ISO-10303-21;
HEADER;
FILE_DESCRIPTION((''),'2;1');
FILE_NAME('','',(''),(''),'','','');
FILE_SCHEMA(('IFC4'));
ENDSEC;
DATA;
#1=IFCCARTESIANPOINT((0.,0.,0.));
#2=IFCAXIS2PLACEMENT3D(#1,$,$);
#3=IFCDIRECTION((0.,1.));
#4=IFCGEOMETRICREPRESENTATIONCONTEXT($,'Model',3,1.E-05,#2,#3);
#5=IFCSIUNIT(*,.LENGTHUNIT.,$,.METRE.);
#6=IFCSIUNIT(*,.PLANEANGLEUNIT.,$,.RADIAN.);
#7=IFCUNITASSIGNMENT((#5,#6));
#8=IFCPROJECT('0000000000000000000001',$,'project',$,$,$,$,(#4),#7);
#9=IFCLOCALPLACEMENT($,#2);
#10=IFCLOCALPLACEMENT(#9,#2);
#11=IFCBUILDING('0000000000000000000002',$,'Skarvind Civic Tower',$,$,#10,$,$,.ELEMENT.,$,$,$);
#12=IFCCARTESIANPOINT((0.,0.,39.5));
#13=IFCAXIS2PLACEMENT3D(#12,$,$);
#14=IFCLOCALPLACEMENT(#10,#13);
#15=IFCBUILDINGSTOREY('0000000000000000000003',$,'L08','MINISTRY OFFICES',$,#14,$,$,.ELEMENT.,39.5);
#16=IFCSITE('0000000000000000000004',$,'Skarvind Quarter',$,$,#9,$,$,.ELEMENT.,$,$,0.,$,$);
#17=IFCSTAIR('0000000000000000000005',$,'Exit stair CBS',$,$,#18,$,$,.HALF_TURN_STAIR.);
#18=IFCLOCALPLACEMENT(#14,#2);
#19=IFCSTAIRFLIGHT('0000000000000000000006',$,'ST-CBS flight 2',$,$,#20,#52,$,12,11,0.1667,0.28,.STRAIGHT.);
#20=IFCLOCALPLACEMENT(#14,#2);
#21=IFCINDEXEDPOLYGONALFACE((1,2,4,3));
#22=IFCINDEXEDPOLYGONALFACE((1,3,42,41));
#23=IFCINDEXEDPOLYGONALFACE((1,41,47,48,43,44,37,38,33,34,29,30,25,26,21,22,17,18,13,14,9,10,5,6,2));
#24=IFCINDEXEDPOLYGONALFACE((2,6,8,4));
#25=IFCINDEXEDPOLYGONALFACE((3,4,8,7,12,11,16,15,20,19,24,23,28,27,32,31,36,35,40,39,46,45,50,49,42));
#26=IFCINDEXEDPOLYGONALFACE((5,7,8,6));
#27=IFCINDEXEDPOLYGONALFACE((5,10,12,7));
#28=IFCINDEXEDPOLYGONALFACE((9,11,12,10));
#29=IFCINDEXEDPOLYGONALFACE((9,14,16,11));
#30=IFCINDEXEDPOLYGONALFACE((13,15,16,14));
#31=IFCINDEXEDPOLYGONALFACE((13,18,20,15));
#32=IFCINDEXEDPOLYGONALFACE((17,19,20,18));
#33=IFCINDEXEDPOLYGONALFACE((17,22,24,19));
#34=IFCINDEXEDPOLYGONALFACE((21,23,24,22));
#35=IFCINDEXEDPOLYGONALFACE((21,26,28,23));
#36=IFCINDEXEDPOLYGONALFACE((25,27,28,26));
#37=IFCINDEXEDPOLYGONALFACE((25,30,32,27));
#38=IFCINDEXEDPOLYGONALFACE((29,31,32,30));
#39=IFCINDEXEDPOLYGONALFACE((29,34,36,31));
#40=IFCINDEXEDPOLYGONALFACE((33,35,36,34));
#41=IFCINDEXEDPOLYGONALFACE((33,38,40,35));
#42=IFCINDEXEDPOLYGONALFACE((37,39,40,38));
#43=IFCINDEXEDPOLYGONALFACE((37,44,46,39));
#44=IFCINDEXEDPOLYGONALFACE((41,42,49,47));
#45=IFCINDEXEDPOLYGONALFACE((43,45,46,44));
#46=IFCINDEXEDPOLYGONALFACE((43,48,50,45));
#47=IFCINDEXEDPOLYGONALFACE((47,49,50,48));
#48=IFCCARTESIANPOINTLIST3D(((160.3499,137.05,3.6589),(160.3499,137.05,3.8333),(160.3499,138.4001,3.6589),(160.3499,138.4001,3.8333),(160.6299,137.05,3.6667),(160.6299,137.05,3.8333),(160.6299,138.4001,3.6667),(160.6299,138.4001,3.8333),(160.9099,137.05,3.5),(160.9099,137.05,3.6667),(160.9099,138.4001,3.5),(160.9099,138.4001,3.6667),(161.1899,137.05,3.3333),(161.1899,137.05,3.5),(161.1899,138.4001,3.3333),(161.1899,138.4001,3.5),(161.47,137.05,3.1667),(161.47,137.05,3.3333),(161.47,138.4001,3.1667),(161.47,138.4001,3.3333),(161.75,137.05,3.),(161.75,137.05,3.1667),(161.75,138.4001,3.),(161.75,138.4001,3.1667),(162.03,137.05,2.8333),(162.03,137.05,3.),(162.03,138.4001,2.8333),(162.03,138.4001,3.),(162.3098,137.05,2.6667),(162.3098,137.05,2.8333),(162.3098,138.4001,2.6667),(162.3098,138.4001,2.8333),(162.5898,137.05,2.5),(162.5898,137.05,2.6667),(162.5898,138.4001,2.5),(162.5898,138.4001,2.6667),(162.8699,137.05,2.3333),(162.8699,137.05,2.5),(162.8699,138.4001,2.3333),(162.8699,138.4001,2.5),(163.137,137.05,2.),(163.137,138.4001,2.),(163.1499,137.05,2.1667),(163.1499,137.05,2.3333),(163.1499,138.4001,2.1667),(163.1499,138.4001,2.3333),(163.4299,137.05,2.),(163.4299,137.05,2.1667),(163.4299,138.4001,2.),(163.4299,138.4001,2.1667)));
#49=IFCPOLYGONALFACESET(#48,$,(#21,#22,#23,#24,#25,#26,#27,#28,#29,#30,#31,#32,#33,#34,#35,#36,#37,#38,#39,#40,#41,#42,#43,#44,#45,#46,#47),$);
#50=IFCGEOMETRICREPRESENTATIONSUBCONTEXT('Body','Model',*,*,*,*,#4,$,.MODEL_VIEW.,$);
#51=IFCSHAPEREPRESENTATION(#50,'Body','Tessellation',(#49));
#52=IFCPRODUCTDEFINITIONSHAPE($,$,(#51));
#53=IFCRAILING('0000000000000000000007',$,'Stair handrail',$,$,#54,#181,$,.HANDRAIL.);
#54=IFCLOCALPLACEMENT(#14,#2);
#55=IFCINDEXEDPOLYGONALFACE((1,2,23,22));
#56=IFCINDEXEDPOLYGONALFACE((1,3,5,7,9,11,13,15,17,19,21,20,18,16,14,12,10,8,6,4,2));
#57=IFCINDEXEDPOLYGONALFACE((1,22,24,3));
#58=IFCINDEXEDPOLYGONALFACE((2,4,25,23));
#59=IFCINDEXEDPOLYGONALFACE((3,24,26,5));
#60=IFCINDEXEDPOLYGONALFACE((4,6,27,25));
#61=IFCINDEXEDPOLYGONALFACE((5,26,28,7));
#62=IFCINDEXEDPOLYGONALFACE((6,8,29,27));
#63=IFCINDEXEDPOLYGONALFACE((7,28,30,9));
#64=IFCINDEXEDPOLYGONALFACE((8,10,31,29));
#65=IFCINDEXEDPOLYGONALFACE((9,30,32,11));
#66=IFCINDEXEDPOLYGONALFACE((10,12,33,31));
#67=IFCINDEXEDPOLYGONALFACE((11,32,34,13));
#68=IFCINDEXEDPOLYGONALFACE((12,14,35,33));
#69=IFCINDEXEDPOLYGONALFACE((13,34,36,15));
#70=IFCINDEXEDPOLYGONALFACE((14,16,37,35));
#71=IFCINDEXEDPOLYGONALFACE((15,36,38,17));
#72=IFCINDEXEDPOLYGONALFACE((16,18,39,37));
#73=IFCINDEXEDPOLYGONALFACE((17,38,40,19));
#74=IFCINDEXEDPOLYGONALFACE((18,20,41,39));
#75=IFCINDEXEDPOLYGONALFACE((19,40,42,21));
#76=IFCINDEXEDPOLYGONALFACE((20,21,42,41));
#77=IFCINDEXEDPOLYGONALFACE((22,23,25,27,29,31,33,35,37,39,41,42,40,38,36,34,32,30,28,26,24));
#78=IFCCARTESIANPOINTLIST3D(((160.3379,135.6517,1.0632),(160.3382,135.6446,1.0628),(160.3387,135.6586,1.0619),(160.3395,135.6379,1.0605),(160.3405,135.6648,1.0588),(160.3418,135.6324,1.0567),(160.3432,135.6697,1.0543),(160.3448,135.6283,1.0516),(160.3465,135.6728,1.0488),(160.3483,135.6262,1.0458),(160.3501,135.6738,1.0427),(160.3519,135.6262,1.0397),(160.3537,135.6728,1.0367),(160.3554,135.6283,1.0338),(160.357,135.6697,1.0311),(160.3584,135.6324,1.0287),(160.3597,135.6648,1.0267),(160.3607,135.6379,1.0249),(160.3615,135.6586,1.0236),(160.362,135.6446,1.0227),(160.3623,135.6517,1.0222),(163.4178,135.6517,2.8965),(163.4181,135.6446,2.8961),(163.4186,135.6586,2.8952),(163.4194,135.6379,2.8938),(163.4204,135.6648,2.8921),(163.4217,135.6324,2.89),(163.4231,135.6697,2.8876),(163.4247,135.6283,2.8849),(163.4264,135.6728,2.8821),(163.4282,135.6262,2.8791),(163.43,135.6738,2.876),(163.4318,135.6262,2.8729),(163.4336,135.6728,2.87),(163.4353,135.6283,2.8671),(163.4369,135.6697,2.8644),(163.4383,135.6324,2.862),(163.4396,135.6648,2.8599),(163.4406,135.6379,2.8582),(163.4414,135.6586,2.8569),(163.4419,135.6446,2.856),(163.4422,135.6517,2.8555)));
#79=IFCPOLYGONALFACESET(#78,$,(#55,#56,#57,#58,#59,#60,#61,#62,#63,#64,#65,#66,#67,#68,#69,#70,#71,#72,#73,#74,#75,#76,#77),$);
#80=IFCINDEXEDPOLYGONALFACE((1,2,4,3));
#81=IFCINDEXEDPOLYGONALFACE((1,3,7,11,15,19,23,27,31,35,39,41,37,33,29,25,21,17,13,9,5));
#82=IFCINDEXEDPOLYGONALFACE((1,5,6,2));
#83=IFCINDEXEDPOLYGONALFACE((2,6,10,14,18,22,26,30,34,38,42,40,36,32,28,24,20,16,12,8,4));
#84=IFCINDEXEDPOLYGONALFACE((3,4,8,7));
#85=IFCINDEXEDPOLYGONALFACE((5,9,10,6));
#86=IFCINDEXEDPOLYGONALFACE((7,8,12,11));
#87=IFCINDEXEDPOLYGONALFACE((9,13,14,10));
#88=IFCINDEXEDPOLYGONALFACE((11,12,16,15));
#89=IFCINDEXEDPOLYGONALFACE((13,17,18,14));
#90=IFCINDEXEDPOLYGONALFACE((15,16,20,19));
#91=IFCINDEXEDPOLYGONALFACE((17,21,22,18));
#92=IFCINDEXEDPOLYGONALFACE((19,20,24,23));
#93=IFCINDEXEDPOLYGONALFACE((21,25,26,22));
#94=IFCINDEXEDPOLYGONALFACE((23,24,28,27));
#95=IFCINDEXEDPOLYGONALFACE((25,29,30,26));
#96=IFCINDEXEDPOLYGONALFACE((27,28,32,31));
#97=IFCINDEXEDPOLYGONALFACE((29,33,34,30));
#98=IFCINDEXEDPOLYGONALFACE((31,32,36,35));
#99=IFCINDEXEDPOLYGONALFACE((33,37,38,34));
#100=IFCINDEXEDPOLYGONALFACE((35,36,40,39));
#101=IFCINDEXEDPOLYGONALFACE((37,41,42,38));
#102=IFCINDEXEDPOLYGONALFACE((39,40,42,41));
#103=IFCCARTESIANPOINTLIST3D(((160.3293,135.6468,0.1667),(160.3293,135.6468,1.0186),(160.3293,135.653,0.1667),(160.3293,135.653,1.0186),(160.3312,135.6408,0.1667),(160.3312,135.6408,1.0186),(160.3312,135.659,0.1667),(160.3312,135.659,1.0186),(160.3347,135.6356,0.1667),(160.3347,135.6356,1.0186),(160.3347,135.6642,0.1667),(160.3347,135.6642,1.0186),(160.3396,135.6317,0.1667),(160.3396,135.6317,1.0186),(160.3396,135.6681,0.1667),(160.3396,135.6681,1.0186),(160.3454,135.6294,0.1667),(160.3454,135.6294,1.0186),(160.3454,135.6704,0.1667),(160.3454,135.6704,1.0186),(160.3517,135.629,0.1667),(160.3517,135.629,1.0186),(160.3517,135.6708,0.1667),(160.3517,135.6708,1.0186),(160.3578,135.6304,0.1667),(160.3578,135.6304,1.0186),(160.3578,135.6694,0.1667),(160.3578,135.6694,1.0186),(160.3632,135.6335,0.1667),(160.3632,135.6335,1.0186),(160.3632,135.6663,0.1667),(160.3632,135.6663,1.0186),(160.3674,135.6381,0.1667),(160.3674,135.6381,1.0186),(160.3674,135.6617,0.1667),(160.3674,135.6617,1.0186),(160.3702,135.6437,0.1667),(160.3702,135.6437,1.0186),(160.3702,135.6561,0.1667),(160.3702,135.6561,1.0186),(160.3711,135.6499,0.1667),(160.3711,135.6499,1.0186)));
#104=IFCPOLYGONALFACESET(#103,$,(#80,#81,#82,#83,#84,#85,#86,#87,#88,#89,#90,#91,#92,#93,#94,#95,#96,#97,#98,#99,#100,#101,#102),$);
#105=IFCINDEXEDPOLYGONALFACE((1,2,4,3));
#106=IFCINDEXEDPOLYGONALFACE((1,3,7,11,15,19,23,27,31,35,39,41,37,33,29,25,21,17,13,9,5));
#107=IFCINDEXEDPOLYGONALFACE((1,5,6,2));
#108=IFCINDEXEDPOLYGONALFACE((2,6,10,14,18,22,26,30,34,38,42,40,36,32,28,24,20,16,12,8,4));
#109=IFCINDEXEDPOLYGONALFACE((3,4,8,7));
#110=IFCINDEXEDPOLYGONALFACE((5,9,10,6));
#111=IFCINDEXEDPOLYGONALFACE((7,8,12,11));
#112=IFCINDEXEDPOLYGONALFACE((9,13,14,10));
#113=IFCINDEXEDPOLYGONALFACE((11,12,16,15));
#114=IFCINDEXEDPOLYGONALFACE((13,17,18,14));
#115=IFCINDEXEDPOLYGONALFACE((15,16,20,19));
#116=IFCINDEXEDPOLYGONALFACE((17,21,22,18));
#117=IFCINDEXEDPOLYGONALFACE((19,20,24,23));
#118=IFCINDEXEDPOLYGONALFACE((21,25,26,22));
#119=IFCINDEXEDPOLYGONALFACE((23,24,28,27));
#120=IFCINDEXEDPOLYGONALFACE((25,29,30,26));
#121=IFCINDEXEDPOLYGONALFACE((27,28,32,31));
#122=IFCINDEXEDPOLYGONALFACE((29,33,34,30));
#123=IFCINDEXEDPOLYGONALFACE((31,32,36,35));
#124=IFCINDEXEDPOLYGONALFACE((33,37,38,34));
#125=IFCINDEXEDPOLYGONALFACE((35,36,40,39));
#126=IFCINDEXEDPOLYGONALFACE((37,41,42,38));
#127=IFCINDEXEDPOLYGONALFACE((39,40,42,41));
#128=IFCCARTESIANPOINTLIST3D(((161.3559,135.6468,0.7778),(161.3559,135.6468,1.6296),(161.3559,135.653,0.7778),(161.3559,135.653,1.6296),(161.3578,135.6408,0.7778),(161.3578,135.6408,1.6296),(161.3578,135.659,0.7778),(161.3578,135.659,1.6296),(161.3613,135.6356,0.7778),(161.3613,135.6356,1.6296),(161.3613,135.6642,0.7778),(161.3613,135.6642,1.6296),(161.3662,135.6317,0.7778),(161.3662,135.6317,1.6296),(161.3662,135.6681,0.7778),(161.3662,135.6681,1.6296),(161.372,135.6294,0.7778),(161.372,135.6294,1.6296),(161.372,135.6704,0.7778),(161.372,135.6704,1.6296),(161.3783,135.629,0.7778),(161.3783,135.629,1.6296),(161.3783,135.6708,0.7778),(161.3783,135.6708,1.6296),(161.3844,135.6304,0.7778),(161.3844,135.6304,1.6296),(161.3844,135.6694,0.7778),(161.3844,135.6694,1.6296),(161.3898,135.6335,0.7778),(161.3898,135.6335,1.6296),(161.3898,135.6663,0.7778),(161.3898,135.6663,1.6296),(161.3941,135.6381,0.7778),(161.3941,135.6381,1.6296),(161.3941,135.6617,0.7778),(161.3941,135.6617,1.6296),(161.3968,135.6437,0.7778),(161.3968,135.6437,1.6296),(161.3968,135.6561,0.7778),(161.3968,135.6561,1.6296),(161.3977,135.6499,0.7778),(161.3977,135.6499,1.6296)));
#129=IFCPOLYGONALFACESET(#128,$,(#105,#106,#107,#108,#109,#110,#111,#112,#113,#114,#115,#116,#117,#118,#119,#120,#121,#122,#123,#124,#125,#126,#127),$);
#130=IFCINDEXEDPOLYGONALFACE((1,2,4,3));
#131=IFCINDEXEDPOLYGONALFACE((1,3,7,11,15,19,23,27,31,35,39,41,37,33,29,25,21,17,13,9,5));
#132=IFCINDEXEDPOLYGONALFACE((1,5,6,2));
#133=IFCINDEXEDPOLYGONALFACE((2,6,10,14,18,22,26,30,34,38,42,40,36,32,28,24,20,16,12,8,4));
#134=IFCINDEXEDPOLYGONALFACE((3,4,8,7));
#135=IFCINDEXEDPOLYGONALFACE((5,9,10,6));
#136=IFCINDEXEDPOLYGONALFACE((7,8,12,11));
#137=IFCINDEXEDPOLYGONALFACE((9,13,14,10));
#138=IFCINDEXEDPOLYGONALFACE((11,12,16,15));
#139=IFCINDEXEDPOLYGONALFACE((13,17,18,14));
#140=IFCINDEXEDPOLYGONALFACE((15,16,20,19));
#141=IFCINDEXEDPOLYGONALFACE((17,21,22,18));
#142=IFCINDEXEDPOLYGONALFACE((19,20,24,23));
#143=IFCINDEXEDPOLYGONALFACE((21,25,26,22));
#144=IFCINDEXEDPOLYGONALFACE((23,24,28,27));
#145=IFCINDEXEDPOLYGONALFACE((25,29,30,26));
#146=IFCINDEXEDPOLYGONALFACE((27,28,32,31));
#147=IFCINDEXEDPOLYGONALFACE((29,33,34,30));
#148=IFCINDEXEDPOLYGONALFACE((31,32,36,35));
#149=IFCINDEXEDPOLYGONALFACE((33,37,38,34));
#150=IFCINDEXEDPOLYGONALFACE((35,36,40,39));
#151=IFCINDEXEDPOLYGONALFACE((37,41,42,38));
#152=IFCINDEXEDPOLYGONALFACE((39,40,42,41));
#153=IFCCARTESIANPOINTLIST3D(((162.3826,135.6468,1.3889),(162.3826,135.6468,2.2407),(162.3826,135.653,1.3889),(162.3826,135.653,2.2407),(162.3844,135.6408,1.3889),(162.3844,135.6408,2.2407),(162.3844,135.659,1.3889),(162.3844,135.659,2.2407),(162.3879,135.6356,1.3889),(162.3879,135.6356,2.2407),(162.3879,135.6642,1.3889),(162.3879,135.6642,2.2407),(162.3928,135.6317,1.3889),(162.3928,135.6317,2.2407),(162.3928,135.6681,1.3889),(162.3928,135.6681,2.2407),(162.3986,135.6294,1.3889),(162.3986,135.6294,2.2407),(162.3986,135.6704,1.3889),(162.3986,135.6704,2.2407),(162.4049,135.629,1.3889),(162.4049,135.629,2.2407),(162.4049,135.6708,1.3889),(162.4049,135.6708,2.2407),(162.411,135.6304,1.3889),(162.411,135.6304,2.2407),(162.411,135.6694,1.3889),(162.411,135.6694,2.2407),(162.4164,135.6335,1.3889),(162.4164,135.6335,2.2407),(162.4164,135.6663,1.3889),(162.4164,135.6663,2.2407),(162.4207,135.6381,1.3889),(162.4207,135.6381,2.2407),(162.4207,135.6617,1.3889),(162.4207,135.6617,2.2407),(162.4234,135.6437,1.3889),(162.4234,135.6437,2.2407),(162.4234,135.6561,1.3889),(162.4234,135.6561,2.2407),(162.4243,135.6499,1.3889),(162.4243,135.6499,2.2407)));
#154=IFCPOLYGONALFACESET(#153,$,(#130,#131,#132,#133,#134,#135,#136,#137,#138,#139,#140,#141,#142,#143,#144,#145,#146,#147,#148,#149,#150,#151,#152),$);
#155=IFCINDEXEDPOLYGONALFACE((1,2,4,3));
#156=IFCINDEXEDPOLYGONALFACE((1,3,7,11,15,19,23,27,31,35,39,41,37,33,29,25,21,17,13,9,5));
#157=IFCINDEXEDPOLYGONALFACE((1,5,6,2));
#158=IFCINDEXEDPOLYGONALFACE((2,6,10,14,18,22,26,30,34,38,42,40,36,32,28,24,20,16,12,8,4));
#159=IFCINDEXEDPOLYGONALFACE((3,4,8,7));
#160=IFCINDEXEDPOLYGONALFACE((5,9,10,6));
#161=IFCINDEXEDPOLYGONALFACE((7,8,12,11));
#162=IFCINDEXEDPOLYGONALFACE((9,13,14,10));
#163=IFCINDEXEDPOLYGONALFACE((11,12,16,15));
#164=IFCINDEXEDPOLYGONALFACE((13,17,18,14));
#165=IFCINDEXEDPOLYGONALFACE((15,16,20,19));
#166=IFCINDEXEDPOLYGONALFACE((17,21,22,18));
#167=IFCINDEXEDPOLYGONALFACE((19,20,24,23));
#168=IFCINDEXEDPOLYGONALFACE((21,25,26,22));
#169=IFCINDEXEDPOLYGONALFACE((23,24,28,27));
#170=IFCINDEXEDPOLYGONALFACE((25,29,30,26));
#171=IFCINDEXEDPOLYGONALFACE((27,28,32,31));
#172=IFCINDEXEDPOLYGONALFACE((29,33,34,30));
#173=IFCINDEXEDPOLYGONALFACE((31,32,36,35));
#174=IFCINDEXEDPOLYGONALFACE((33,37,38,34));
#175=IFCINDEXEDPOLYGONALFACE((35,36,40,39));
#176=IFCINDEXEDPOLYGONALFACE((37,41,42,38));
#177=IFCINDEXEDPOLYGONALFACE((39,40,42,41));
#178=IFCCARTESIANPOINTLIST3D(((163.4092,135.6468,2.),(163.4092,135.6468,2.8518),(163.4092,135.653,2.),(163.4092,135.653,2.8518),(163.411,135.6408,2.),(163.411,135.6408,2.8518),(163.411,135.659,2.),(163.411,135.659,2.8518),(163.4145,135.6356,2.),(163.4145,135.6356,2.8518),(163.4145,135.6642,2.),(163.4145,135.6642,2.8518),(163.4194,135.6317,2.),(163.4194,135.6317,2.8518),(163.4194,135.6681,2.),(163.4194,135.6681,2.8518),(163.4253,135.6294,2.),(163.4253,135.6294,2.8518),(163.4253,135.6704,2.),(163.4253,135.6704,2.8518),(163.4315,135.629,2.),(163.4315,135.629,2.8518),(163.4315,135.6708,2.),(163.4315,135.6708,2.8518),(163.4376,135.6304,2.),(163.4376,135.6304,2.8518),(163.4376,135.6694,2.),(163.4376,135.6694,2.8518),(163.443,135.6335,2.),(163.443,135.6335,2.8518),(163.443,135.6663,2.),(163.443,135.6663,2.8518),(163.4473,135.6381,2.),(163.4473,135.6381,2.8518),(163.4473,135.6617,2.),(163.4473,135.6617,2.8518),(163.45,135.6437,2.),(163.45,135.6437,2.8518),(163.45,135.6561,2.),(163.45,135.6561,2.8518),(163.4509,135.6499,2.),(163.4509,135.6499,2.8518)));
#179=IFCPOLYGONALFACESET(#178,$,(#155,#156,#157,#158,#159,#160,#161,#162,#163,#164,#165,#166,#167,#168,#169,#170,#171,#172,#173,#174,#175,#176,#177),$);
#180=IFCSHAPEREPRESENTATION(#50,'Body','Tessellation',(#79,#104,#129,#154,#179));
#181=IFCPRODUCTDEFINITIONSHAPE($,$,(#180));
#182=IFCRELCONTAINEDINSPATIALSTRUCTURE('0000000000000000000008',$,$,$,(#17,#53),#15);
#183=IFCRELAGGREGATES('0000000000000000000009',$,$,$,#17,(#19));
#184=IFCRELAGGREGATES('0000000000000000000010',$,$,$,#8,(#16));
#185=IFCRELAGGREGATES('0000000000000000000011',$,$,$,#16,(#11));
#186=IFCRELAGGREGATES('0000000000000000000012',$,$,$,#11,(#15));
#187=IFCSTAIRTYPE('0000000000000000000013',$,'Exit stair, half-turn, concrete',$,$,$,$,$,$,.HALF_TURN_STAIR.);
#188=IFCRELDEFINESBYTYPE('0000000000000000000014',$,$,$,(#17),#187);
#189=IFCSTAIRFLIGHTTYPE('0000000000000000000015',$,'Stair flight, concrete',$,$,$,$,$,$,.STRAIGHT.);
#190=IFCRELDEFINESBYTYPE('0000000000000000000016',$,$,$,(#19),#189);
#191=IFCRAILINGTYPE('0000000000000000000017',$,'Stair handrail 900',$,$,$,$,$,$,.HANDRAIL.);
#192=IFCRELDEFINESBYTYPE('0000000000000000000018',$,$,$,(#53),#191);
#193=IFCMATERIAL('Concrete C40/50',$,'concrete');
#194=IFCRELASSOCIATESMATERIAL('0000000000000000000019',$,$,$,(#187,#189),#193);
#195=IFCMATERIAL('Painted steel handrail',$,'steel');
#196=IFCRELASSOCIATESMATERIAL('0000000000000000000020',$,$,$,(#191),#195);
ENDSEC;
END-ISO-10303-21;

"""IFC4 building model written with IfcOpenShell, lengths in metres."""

from ifc_helpers import new_model, si_unit, direction, frame, origin, origin_2d, place, context, subcontext, project, spatial, polyline, circle, outline, extrude, material, type_object, element, aggregate, save


model = new_model("IFC4")

# Units and contexts
model_context = context("Model", 3, precision=1e-05, world=origin(), true_north=direction((0.0, 1.0)))
body_context = subcontext(model_context, "Body", "Model", "MODEL_VIEW")
ifc_project = project(units=[si_unit("LENGTHUNIT", "METRE"), si_unit("PLANEANGLEUNIT", "RADIAN")], contexts=[model_context])

# Site, building, storey
site_placement = place(None, origin())
site = spatial("IfcSite", under=ifc_project, at=site_placement, Name="Skarvind Quarter", CompositionType="ELEMENT", RefElevation=0.0)
building_placement = place(site_placement, origin())
building = spatial("IfcBuilding", under=site, at=building_placement, Name="Skarvind Civic Tower", CompositionType="ELEMENT")
storey_placement = place(building_placement, frame((0.0, 0.0, 39.5)))
storey = spatial("IfcBuildingStorey", under=building, at=storey_placement, Name="L08", Description="MINISTRY OFFICES", CompositionType="ELEMENT", Elevation=39.5)

# Stair, stair flight
ifc_material_1 = material(Name="Concrete C40/50", Category="concrete")
stair_type = type_object("IfcStairType", Name="Exit stair, half-turn, concrete", PredefinedType="HALF_TURN_STAIR", material=ifc_material_1)
stair_placement = place(storey_placement, origin())
stair = element("IfcStair", 1, at=stair_placement, inside=storey, type_object=stair_type, Name="Exit stair CBS", PredefinedType="HALF_TURN_STAIR")
stair_flight_type = type_object("IfcStairFlightType", Name="Stair flight, concrete", PredefinedType="STRAIGHT", material=ifc_material_1)
stair_flight_1_placement = place(storey_placement, frame((163.4299, 137.7251, 2.0), z_axis=(0.0, 0.0, 1.0), x_axis=(-1.0, 0.0, 0.0)))
stair_flight_1 = element("IfcStairFlight", 2, at=stair_flight_1_placement, type_object=stair_flight_type, Name="ST-CBS flight 2", NumberOfRisers=12, NumberOfTreads=11, PredefinedType="STRAIGHT", RiserHeight=0.1667, TreadLength=0.28, context=body_context, shape_type="SweptSolid", body=[
    extrude(outline(polyline([(0.0, 0.0), (0.0, 0.1667), (0.28, 0.1667), (0.28, 0.3333), (0.5601, 0.3333), (0.5601, 0.5), (0.8401, 0.5), (0.8401, 0.6667), (1.1201, 0.6667), (1.1201, 0.8333), (1.3999, 0.8333), (1.3999, 1.0), (1.6799, 1.0), (1.6799, 1.1667), (1.96, 1.1667), (1.96, 1.3333), (2.24, 1.3333), (2.24, 1.5), (2.52, 1.5), (2.52, 1.6667), (2.8, 1.6667), (2.8, 1.8333), (3.0801, 1.8333), (3.0801, 2.0), (3.0801, 1.6589), (0.293, 0.0), (0.0, 0.0)])), frame((0.0, 0.675, 0.0), z_axis=(0.0, -1.0, 0.0), x_axis=(1.0, 0.0, 0.0)), (0.0, 0.0, 1.0), 1.3501),
])
aggregate(stair, [stair_flight_1])

# Railing
ifc_material_2 = material(Name="Painted steel handrail", Category="steel")
railing_type = type_object("IfcRailingType", Name="Stair handrail 900", PredefinedType="HANDRAIL", material=ifc_material_2)
railing_1_placement = place(storey_placement, frame((160.3501, 135.6499, 0.1667)))
element("IfcRailing", 3, at=railing_1_placement, inside=storey, type_object=railing_type, Name="Stair handrail", PredefinedType="HANDRAIL", context=body_context, shape_type="SweptSolid", body=[
    extrude(circle(Radius=0.0239, at=origin_2d()), frame((0.0, 0.0, 0.876), z_axis=(0.859291, 0.0, 0.511487), x_axis=(0.0, 1.0, 0.0)), (0.0, 0.0, 1.0), 3.5842),
    extrude(circle(Radius=0.021, at=origin_2d()), origin(), (0.0, 0.0, 1.0), 0.8518),
    extrude(circle(Radius=0.021, at=origin_2d()), frame((1.0266, 0.0, 0.6111)), (0.0, 0.0, 1.0), 0.8518),
    extrude(circle(Radius=0.021, at=origin_2d()), frame((2.0532, 0.0, 1.2222)), (0.0, 0.0, 1.0), 0.8518),
    extrude(circle(Radius=0.021, at=origin_2d()), frame((3.0798, 0.0, 1.8333)), (0.0, 0.0, 1.0), 0.8518),
])

save(model, "model.ifc")
